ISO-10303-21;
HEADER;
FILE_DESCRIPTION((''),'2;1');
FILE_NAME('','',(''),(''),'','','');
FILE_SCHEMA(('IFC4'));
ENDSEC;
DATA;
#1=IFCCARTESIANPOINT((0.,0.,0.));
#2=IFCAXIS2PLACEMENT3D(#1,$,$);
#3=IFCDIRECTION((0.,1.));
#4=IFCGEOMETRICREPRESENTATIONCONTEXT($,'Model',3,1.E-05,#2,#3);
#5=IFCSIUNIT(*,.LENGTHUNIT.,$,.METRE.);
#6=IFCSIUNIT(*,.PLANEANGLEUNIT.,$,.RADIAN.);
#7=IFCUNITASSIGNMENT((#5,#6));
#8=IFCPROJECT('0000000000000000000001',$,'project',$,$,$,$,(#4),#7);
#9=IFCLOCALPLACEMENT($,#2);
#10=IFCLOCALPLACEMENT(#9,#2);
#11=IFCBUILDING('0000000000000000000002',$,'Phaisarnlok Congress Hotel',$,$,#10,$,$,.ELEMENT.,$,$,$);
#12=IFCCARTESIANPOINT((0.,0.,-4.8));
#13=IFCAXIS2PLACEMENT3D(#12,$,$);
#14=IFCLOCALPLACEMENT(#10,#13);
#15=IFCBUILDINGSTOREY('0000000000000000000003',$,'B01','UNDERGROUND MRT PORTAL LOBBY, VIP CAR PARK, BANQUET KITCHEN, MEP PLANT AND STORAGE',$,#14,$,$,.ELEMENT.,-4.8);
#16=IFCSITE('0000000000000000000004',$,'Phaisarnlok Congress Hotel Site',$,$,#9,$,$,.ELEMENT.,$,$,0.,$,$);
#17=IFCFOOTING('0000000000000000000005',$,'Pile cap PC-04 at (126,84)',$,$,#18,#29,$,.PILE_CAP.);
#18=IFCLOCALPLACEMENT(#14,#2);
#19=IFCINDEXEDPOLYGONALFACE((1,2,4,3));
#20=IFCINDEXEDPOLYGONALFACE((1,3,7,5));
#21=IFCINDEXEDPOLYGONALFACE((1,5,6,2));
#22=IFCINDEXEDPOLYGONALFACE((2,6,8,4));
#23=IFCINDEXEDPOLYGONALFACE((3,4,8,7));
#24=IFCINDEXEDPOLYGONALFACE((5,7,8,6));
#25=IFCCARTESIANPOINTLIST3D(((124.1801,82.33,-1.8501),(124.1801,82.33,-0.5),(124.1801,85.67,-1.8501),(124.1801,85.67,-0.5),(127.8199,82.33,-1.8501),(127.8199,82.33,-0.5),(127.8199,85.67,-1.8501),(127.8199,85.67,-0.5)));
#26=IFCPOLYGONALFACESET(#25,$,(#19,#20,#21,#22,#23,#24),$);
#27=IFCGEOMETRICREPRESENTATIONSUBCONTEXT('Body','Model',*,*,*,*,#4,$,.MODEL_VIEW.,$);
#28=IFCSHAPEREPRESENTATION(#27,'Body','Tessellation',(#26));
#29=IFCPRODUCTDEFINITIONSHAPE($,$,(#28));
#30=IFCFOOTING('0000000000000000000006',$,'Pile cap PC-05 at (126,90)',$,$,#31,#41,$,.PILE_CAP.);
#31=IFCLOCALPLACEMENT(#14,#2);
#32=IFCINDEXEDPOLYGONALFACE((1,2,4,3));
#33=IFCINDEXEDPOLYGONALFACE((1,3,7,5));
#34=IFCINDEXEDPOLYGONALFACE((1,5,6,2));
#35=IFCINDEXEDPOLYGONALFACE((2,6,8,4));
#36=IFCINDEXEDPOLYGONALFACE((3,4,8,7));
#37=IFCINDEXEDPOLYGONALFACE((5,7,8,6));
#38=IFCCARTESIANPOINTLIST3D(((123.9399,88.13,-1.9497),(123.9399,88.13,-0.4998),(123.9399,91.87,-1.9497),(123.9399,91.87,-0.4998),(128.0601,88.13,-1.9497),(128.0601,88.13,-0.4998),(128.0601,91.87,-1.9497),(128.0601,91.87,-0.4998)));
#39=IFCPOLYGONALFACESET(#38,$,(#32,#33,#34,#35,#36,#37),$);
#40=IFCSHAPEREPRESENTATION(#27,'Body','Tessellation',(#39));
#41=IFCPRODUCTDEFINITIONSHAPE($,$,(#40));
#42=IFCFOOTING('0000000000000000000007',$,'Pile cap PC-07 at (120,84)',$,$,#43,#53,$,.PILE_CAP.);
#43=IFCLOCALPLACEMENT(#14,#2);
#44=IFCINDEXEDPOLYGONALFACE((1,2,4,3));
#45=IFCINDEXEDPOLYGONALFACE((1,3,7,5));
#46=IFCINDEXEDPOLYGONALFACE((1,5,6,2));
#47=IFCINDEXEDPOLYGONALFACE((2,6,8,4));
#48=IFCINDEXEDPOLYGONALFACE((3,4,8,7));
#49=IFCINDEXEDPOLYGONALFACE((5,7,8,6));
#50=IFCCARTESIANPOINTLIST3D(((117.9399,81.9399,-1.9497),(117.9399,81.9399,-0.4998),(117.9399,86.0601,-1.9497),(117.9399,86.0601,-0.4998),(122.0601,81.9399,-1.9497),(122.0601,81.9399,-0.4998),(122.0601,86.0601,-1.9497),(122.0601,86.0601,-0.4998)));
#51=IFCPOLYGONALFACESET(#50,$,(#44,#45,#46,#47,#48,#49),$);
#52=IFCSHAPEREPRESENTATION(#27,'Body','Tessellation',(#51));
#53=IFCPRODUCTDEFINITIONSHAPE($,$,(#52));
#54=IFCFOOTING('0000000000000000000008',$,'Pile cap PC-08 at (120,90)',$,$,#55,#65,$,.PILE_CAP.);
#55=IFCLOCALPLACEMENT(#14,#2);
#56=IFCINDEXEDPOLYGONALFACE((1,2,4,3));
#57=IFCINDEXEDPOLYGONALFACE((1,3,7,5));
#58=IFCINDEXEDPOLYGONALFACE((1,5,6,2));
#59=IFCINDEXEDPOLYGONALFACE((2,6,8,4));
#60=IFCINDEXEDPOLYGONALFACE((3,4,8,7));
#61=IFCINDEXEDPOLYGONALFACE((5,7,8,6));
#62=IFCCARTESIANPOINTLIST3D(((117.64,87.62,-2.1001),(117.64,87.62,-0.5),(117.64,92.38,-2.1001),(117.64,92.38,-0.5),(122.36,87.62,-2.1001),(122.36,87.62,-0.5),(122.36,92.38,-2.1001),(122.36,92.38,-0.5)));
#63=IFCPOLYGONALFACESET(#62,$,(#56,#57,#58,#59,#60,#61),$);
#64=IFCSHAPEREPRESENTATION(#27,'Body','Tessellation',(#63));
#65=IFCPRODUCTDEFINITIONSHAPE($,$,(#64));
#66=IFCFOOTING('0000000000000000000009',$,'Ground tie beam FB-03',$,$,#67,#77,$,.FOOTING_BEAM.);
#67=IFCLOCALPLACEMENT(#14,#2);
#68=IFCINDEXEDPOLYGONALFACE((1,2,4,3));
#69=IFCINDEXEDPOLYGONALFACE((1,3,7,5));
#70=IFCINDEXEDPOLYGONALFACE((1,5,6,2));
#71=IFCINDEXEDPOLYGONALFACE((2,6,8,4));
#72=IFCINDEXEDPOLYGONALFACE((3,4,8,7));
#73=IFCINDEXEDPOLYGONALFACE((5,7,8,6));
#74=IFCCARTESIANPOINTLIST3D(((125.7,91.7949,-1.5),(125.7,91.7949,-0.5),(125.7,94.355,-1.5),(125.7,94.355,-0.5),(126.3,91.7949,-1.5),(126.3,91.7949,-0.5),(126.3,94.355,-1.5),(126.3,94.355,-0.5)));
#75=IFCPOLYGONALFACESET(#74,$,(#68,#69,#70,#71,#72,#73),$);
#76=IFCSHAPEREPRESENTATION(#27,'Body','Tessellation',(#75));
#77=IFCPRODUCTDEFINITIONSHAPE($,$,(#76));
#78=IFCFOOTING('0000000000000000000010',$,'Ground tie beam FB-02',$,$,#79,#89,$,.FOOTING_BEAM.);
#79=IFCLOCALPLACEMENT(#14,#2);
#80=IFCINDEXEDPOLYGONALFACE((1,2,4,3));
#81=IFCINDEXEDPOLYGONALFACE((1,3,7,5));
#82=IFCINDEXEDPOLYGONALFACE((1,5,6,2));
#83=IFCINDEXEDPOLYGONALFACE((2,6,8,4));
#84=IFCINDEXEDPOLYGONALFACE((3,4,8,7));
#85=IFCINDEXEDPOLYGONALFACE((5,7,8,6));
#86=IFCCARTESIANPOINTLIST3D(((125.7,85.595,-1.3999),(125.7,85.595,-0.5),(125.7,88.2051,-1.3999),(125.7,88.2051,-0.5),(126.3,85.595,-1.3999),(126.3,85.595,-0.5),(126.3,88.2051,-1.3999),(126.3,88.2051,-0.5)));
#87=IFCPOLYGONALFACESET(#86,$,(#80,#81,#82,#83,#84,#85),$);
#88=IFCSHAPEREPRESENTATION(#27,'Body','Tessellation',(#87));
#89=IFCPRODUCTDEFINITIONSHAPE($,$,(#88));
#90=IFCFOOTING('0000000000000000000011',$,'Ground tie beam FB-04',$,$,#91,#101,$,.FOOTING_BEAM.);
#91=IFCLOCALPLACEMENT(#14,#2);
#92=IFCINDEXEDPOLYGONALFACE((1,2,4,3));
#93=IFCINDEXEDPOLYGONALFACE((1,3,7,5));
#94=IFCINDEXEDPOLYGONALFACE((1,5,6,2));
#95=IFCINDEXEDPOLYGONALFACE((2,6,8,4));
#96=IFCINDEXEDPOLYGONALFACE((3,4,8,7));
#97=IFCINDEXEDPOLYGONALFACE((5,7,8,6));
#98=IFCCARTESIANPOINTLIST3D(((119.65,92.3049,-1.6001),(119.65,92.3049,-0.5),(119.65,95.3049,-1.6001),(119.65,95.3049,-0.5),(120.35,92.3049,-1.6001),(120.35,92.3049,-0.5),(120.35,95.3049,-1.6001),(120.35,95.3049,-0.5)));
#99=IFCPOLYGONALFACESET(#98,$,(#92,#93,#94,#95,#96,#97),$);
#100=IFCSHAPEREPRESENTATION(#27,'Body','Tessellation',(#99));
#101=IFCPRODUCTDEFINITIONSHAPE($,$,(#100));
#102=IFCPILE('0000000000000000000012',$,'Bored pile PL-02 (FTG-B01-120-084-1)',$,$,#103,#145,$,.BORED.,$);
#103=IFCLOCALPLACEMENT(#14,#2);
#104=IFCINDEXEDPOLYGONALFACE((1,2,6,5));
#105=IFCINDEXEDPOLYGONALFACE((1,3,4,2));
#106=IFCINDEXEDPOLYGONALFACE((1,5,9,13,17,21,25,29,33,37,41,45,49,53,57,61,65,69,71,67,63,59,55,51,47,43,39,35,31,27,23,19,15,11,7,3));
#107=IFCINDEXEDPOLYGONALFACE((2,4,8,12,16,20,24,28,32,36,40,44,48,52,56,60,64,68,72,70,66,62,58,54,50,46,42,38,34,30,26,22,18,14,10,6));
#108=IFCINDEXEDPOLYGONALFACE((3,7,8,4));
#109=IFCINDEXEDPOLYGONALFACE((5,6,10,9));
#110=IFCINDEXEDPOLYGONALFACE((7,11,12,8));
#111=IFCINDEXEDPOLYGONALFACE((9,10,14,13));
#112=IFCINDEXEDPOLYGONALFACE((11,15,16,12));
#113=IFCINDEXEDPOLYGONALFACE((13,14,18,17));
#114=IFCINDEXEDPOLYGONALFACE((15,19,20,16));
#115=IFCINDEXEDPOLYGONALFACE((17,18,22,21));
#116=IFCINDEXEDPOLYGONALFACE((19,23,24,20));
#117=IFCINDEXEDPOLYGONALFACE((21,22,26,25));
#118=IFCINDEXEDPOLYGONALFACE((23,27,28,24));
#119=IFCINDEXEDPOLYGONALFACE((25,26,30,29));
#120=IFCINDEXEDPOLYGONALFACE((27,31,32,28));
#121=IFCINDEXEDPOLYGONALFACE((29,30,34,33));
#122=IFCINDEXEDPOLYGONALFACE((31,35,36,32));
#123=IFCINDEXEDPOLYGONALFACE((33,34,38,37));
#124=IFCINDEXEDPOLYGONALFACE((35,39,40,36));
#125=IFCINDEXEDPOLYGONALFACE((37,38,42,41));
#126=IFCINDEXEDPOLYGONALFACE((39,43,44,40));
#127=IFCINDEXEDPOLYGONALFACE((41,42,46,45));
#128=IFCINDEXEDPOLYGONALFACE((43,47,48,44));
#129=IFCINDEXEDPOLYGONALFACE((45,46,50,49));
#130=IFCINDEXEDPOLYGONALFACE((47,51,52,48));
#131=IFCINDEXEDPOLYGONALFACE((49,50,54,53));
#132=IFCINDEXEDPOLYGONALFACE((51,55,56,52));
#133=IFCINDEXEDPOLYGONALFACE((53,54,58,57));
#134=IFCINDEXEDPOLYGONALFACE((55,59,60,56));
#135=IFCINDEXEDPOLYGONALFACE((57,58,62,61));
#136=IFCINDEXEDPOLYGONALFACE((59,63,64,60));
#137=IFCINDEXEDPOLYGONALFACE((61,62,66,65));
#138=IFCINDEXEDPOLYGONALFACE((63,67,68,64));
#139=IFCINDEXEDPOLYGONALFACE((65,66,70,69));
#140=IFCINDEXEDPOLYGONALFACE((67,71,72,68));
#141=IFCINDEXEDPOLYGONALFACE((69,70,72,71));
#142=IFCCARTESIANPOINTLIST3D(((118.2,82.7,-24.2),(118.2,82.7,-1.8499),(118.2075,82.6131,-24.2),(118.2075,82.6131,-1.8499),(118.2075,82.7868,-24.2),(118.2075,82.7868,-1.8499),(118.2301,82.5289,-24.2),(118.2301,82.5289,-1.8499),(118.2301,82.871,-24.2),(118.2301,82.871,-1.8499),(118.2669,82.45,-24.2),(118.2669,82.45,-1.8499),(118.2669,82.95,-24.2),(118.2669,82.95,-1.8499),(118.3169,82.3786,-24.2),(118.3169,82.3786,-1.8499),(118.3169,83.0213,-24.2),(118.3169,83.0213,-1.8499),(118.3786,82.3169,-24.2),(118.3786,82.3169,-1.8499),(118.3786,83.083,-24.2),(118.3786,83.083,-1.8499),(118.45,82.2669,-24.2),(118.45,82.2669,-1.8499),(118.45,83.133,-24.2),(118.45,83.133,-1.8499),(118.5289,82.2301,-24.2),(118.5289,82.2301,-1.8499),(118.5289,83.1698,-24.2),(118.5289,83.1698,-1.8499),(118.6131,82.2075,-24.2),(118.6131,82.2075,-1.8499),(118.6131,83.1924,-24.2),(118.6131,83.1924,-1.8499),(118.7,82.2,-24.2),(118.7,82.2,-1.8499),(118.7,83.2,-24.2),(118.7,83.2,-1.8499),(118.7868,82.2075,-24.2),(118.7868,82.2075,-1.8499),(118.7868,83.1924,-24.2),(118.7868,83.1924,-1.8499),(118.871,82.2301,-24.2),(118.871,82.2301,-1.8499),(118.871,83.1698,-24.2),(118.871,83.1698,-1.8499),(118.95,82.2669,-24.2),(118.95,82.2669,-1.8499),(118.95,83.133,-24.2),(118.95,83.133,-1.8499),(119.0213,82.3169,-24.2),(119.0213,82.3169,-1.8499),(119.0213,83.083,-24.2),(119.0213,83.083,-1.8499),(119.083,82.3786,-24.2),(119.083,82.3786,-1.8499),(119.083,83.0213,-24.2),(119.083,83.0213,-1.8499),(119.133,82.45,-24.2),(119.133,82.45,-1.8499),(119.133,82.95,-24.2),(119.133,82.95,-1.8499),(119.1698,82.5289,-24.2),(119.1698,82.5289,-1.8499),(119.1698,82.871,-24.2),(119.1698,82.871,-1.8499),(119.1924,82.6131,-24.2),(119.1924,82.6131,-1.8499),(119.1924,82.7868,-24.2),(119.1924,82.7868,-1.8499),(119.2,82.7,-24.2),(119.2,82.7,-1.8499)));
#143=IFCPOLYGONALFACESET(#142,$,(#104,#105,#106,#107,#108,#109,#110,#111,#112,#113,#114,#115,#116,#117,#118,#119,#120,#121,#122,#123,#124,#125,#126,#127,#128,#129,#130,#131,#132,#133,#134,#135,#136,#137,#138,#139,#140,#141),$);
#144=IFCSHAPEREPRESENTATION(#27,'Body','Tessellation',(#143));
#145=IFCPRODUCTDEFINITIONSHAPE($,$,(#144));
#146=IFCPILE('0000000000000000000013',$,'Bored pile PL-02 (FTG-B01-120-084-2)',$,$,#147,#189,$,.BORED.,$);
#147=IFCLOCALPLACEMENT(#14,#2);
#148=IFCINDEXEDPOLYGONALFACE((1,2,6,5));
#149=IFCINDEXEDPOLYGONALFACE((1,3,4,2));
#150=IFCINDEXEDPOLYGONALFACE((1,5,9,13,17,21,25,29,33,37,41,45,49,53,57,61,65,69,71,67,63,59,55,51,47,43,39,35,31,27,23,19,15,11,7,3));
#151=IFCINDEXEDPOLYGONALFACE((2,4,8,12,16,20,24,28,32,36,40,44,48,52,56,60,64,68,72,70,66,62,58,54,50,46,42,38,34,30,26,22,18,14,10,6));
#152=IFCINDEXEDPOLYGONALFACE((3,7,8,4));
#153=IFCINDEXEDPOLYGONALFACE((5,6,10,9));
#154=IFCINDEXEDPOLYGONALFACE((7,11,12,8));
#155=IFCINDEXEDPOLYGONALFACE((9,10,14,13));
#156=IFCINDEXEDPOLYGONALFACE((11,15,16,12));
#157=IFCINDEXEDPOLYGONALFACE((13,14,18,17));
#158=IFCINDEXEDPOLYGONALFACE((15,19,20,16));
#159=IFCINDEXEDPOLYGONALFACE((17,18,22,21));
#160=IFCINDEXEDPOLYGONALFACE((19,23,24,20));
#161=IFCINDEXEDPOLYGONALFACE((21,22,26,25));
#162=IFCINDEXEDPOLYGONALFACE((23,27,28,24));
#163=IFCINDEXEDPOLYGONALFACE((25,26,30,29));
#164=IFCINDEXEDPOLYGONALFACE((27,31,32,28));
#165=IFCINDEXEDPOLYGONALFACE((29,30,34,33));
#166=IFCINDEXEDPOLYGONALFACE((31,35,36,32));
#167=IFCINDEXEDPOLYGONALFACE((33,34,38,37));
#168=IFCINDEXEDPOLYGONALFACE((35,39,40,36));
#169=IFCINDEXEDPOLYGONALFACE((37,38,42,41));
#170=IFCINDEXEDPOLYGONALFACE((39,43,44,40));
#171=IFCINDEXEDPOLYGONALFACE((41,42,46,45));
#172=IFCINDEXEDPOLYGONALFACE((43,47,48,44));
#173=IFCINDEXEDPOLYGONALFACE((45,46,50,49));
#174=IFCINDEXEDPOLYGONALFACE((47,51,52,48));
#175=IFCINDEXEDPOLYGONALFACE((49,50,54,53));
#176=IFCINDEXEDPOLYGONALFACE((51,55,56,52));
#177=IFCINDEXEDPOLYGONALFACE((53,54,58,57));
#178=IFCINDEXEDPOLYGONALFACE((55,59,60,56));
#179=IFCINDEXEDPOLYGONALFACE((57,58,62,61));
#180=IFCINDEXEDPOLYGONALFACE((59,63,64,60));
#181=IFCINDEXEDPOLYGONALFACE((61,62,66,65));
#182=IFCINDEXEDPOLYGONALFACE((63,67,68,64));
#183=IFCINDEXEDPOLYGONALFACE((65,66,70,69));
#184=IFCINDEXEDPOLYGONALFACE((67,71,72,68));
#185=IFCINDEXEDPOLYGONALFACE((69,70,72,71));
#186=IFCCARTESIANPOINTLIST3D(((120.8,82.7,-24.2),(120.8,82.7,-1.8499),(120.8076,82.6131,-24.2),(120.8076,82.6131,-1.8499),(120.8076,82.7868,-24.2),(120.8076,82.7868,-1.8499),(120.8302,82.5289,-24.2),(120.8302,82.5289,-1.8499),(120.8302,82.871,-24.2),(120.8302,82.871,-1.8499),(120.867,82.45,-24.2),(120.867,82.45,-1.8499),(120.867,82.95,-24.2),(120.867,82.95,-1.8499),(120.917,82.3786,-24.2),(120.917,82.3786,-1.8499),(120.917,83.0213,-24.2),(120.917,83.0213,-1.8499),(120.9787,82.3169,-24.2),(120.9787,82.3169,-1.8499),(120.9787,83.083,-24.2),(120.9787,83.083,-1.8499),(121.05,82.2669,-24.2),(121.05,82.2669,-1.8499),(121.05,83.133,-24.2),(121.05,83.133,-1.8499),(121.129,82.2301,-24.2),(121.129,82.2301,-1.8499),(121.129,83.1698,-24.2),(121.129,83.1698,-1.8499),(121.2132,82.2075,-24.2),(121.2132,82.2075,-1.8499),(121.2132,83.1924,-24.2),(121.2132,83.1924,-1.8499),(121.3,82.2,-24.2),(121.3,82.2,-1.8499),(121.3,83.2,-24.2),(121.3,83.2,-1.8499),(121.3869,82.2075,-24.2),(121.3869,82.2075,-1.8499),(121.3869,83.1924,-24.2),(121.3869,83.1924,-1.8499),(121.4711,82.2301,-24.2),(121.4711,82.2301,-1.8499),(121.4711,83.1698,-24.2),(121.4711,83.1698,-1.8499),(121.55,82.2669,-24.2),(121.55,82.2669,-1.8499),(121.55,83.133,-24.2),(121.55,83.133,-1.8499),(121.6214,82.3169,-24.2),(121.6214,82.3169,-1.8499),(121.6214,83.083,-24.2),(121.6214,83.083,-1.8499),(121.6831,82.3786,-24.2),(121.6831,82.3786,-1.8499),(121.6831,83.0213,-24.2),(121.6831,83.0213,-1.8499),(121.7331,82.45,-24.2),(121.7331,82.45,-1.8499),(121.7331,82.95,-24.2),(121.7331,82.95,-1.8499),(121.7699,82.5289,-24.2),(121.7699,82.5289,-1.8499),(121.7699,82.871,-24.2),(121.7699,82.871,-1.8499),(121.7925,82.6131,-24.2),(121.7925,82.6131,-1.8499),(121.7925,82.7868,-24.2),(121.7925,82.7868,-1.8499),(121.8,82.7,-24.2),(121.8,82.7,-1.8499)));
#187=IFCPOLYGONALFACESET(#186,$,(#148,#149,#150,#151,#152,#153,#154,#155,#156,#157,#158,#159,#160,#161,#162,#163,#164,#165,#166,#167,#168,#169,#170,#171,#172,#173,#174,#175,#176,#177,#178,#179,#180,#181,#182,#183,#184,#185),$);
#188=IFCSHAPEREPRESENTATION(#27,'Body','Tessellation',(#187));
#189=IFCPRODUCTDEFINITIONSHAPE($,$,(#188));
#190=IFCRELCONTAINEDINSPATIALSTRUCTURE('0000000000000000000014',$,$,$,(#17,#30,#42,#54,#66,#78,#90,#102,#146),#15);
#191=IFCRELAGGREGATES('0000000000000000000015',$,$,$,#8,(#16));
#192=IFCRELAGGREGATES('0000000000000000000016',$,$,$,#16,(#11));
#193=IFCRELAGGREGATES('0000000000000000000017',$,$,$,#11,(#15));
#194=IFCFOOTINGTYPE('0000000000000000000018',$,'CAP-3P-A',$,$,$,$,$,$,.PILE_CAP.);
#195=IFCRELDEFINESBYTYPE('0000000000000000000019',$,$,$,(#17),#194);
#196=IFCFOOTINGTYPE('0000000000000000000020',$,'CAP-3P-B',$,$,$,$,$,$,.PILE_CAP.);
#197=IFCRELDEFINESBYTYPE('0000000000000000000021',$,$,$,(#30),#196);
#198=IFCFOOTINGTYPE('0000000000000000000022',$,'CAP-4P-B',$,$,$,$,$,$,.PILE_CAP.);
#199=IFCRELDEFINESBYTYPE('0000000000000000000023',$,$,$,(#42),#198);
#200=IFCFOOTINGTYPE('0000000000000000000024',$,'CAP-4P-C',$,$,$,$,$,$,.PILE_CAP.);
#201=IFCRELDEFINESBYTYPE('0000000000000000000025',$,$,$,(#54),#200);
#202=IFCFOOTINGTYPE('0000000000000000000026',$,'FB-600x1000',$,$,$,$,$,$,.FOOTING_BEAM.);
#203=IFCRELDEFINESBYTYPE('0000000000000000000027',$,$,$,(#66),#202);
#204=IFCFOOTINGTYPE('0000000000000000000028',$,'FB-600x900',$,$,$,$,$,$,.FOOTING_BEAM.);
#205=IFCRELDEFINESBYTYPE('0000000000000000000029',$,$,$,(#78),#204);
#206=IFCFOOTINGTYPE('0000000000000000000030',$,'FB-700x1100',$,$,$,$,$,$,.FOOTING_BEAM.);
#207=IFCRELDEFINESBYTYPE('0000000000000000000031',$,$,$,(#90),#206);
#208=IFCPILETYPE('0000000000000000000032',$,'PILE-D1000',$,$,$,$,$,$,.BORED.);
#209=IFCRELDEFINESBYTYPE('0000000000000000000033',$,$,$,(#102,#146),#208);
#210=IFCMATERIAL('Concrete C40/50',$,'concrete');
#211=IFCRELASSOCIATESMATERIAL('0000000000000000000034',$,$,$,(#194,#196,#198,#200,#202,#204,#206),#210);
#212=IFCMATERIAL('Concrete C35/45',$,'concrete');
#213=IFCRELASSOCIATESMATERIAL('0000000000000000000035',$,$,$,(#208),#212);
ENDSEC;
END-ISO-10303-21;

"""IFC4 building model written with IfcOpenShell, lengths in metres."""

from ifc_helpers import new_model, si_unit, direction, frame, origin, origin_2d, place, context, subcontext, project, spatial, rectangle, circle, extrude, material, material_profile, profile_set, type_object, element, save


model = new_model("IFC4")

# Units and contexts
model_context = context("Model", 3, precision=1e-05, world=origin(), true_north=direction((0.0, 1.0)))
body_context = subcontext(model_context, "Body", "Model", "MODEL_VIEW")
ifc_project = project(units=[si_unit("LENGTHUNIT", "METRE"), si_unit("PLANEANGLEUNIT", "RADIAN")], contexts=[model_context])

# Site, building, storey
site_placement = place(None, origin())
site = spatial("IfcSite", under=ifc_project, at=site_placement, Name="Phaisarnlok Congress Hotel Site", CompositionType="ELEMENT", RefElevation=0.0)
building_placement = place(site_placement, origin())
building = spatial("IfcBuilding", under=site, at=building_placement, Name="Phaisarnlok Congress Hotel", CompositionType="ELEMENT")
storey_placement = place(building_placement, frame((0.0, 0.0, -4.8)))
storey = spatial("IfcBuildingStorey", under=building, at=storey_placement, Name="B01", Description="UNDERGROUND MRT PORTAL LOBBY, VIP CAR PARK, BANQUET KITCHEN, MEP PLANT AND STORAGE", CompositionType="ELEMENT", Elevation=-4.8)

# Footings
ifc_material_1 = material(Name="Concrete C40/50", Category="concrete")
footing_type_1 = type_object("IfcFootingType", Name="CAP-3P-A", PredefinedType="PILE_CAP", material=ifc_material_1)
footing_1_placement = place(storey_placement, frame((126.0, 84.0, -1.8501), z_axis=(0.0, 0.0, 1.0), x_axis=(1.0, 0.0, 0.0)))
element("IfcFooting", 1, at=footing_1_placement, inside=storey, type_object=footing_type_1, Name="Pile cap PC-04 at (126,84)", PredefinedType="PILE_CAP", context=body_context, shape_type="SweptSolid", body=[
    extrude(rectangle(XDim=3.6399, YDim=3.3401, at=origin_2d()), origin(), (0.0, 0.0, 1.0), 1.3501),
])
footing_type_2 = type_object("IfcFootingType", Name="CAP-3P-B", PredefinedType="PILE_CAP", material=ifc_material_1)
footing_2_placement = place(storey_placement, frame((126.0, 90.0, -1.9497), z_axis=(0.0, 0.0, 1.0), x_axis=(1.0, 0.0, 0.0)))
element("IfcFooting", 2, at=footing_2_placement, inside=storey, type_object=footing_type_2, Name="Pile cap PC-05 at (126,90)", PredefinedType="PILE_CAP", context=body_context, shape_type="SweptSolid", body=[
    extrude(rectangle(XDim=4.1201, YDim=3.74, at=origin_2d()), origin(), (0.0, 0.0, 1.0), 1.45),
])
footing_type_3 = type_object("IfcFootingType", Name="CAP-4P-B", PredefinedType="PILE_CAP", material=ifc_material_1)
footing_3_placement = place(storey_placement, frame((120.0, 84.0, -1.9497), z_axis=(0.0, 0.0, 1.0), x_axis=(1.0, 0.0, 0.0)))
element("IfcFooting", 3, at=footing_3_placement, inside=storey, type_object=footing_type_3, Name="Pile cap PC-07 at (120,84)", PredefinedType="PILE_CAP", context=body_context, shape_type="SweptSolid", body=[
    extrude(rectangle(XDim=4.1201, YDim=4.1201, at=origin_2d()), origin(), (0.0, 0.0, 1.0), 1.45),
])
footing_type_4 = type_object("IfcFootingType", Name="CAP-4P-C", PredefinedType="PILE_CAP", material=ifc_material_1)
footing_4_placement = place(storey_placement, frame((120.0, 90.0, -2.1001), z_axis=(0.0, 0.0, 1.0), x_axis=(1.0, 0.0, 0.0)))
element("IfcFooting", 4, at=footing_4_placement, inside=storey, type_object=footing_type_4, Name="Pile cap PC-08 at (120,90)", PredefinedType="PILE_CAP", context=body_context, shape_type="SweptSolid", body=[
    extrude(rectangle(XDim=4.72, YDim=4.76, at=origin_2d()), origin(), (0.0, 0.0, 1.0), 1.6001),
])
ifc_material_profile_1 = material_profile(ifc_material_1, rectangle(XDim=0.6001, YDim=1.0, at=origin_2d()), Name="FB-600x1000")
ifc_profile_set_1 = profile_set([ifc_material_profile_1], Name="Concrete C40/50")
footing_type_5 = type_object("IfcFootingType", Name="FB-600x1000", PredefinedType="FOOTING_BEAM", material=ifc_profile_set_1)
footing_5_placement = place(storey_placement, frame((126.0, 91.7949, -1.0), z_axis=(0.0, 1.0, 0.0), x_axis=(-1.0, 0.0, 0.0)))
element("IfcFooting", 5, at=footing_5_placement, inside=storey, type_object=footing_type_5, Name="Ground tie beam FB-03", PredefinedType="FOOTING_BEAM", context=body_context, shape_type="SweptSolid", body=[
    extrude(rectangle(XDim=0.6001, YDim=1.0, at=origin_2d()), origin(), (0.0, 0.0, 1.0), 2.5601),
])
ifc_material_profile_2 = material_profile(ifc_material_1, rectangle(XDim=0.6001, YDim=0.8999, at=origin_2d()), Name="FB-600x900")
ifc_profile_set_2 = profile_set([ifc_material_profile_2], Name="Concrete C40/50")
footing_type_6 = type_object("IfcFootingType", Name="FB-600x900", PredefinedType="FOOTING_BEAM", material=ifc_profile_set_2)
footing_6_placement = place(storey_placement, frame((126.0, 85.595, -0.95), z_axis=(0.0, 1.0, 0.0), x_axis=(-1.0, 0.0, 0.0)))
element("IfcFooting", 6, at=footing_6_placement, inside=storey, type_object=footing_type_6, Name="Ground tie beam FB-02", PredefinedType="FOOTING_BEAM", context=body_context, shape_type="SweptSolid", body=[
    extrude(rectangle(XDim=0.6001, YDim=0.8999, at=origin_2d()), origin(), (0.0, 0.0, 1.0), 2.6101),
])
ifc_material_profile_3 = material_profile(ifc_material_1, rectangle(XDim=0.7, YDim=1.1001, at=origin_2d()), Name="FB-700x1100")
ifc_profile_set_3 = profile_set([ifc_material_profile_3], Name="Concrete C40/50")
footing_type_7 = type_object("IfcFootingType", Name="FB-700x1100", PredefinedType="FOOTING_BEAM", material=ifc_profile_set_3)
footing_7_placement = place(storey_placement, frame((120.0, 92.3049, -1.05), z_axis=(0.0, 1.0, 0.0), x_axis=(-1.0, 0.0, 0.0)))
element("IfcFooting", 7, at=footing_7_placement, inside=storey, type_object=footing_type_7, Name="Ground tie beam FB-04", PredefinedType="FOOTING_BEAM", context=body_context, shape_type="SweptSolid", body=[
    extrude(rectangle(XDim=0.7, YDim=1.1001, at=origin_2d()), origin(), (0.0, 0.0, 1.0), 3.0),
])

# Piles
ifc_material_2 = material(Name="Concrete C35/45", Category="concrete")
ifc_material_profile_4 = material_profile(ifc_material_2, circle(Radius=0.5, at=origin_2d()), Name="BORED PILE D1000")
ifc_profile_set_4 = profile_set([ifc_material_profile_4], Name="Concrete C35/45")
pile_type_1 = type_object("IfcPileType", Name="PILE-D1000", PredefinedType="BORED", material=ifc_profile_set_4)
for number, where, z_axis, x_axis, name in (
    (8, (118.7, 82.7, -1.8499), (0.0, 0.0, -1.0), (1.0, 0.0, 0.0), "Bored pile PL-02 (FTG-B01-120-084-1)"),
    (9, (121.3, 82.7, -1.8499), (0.0, 0.0, -1.0), (1.0, 0.0, 0.0), "Bored pile PL-02 (FTG-B01-120-084-2)"),
):
    element("IfcPile", number, at=place(storey_placement, frame(where, z_axis=z_axis, x_axis=x_axis)), inside=storey, type_object=pile_type_1, Name=name, PredefinedType="BORED", context=body_context, shape_type="SweptSolid", body=[
        extrude(circle(Radius=0.5, at=origin_2d()), origin(), (0.0, 0.0, 1.0), 22.3501),
    ])

save(model, "model.ifc")
